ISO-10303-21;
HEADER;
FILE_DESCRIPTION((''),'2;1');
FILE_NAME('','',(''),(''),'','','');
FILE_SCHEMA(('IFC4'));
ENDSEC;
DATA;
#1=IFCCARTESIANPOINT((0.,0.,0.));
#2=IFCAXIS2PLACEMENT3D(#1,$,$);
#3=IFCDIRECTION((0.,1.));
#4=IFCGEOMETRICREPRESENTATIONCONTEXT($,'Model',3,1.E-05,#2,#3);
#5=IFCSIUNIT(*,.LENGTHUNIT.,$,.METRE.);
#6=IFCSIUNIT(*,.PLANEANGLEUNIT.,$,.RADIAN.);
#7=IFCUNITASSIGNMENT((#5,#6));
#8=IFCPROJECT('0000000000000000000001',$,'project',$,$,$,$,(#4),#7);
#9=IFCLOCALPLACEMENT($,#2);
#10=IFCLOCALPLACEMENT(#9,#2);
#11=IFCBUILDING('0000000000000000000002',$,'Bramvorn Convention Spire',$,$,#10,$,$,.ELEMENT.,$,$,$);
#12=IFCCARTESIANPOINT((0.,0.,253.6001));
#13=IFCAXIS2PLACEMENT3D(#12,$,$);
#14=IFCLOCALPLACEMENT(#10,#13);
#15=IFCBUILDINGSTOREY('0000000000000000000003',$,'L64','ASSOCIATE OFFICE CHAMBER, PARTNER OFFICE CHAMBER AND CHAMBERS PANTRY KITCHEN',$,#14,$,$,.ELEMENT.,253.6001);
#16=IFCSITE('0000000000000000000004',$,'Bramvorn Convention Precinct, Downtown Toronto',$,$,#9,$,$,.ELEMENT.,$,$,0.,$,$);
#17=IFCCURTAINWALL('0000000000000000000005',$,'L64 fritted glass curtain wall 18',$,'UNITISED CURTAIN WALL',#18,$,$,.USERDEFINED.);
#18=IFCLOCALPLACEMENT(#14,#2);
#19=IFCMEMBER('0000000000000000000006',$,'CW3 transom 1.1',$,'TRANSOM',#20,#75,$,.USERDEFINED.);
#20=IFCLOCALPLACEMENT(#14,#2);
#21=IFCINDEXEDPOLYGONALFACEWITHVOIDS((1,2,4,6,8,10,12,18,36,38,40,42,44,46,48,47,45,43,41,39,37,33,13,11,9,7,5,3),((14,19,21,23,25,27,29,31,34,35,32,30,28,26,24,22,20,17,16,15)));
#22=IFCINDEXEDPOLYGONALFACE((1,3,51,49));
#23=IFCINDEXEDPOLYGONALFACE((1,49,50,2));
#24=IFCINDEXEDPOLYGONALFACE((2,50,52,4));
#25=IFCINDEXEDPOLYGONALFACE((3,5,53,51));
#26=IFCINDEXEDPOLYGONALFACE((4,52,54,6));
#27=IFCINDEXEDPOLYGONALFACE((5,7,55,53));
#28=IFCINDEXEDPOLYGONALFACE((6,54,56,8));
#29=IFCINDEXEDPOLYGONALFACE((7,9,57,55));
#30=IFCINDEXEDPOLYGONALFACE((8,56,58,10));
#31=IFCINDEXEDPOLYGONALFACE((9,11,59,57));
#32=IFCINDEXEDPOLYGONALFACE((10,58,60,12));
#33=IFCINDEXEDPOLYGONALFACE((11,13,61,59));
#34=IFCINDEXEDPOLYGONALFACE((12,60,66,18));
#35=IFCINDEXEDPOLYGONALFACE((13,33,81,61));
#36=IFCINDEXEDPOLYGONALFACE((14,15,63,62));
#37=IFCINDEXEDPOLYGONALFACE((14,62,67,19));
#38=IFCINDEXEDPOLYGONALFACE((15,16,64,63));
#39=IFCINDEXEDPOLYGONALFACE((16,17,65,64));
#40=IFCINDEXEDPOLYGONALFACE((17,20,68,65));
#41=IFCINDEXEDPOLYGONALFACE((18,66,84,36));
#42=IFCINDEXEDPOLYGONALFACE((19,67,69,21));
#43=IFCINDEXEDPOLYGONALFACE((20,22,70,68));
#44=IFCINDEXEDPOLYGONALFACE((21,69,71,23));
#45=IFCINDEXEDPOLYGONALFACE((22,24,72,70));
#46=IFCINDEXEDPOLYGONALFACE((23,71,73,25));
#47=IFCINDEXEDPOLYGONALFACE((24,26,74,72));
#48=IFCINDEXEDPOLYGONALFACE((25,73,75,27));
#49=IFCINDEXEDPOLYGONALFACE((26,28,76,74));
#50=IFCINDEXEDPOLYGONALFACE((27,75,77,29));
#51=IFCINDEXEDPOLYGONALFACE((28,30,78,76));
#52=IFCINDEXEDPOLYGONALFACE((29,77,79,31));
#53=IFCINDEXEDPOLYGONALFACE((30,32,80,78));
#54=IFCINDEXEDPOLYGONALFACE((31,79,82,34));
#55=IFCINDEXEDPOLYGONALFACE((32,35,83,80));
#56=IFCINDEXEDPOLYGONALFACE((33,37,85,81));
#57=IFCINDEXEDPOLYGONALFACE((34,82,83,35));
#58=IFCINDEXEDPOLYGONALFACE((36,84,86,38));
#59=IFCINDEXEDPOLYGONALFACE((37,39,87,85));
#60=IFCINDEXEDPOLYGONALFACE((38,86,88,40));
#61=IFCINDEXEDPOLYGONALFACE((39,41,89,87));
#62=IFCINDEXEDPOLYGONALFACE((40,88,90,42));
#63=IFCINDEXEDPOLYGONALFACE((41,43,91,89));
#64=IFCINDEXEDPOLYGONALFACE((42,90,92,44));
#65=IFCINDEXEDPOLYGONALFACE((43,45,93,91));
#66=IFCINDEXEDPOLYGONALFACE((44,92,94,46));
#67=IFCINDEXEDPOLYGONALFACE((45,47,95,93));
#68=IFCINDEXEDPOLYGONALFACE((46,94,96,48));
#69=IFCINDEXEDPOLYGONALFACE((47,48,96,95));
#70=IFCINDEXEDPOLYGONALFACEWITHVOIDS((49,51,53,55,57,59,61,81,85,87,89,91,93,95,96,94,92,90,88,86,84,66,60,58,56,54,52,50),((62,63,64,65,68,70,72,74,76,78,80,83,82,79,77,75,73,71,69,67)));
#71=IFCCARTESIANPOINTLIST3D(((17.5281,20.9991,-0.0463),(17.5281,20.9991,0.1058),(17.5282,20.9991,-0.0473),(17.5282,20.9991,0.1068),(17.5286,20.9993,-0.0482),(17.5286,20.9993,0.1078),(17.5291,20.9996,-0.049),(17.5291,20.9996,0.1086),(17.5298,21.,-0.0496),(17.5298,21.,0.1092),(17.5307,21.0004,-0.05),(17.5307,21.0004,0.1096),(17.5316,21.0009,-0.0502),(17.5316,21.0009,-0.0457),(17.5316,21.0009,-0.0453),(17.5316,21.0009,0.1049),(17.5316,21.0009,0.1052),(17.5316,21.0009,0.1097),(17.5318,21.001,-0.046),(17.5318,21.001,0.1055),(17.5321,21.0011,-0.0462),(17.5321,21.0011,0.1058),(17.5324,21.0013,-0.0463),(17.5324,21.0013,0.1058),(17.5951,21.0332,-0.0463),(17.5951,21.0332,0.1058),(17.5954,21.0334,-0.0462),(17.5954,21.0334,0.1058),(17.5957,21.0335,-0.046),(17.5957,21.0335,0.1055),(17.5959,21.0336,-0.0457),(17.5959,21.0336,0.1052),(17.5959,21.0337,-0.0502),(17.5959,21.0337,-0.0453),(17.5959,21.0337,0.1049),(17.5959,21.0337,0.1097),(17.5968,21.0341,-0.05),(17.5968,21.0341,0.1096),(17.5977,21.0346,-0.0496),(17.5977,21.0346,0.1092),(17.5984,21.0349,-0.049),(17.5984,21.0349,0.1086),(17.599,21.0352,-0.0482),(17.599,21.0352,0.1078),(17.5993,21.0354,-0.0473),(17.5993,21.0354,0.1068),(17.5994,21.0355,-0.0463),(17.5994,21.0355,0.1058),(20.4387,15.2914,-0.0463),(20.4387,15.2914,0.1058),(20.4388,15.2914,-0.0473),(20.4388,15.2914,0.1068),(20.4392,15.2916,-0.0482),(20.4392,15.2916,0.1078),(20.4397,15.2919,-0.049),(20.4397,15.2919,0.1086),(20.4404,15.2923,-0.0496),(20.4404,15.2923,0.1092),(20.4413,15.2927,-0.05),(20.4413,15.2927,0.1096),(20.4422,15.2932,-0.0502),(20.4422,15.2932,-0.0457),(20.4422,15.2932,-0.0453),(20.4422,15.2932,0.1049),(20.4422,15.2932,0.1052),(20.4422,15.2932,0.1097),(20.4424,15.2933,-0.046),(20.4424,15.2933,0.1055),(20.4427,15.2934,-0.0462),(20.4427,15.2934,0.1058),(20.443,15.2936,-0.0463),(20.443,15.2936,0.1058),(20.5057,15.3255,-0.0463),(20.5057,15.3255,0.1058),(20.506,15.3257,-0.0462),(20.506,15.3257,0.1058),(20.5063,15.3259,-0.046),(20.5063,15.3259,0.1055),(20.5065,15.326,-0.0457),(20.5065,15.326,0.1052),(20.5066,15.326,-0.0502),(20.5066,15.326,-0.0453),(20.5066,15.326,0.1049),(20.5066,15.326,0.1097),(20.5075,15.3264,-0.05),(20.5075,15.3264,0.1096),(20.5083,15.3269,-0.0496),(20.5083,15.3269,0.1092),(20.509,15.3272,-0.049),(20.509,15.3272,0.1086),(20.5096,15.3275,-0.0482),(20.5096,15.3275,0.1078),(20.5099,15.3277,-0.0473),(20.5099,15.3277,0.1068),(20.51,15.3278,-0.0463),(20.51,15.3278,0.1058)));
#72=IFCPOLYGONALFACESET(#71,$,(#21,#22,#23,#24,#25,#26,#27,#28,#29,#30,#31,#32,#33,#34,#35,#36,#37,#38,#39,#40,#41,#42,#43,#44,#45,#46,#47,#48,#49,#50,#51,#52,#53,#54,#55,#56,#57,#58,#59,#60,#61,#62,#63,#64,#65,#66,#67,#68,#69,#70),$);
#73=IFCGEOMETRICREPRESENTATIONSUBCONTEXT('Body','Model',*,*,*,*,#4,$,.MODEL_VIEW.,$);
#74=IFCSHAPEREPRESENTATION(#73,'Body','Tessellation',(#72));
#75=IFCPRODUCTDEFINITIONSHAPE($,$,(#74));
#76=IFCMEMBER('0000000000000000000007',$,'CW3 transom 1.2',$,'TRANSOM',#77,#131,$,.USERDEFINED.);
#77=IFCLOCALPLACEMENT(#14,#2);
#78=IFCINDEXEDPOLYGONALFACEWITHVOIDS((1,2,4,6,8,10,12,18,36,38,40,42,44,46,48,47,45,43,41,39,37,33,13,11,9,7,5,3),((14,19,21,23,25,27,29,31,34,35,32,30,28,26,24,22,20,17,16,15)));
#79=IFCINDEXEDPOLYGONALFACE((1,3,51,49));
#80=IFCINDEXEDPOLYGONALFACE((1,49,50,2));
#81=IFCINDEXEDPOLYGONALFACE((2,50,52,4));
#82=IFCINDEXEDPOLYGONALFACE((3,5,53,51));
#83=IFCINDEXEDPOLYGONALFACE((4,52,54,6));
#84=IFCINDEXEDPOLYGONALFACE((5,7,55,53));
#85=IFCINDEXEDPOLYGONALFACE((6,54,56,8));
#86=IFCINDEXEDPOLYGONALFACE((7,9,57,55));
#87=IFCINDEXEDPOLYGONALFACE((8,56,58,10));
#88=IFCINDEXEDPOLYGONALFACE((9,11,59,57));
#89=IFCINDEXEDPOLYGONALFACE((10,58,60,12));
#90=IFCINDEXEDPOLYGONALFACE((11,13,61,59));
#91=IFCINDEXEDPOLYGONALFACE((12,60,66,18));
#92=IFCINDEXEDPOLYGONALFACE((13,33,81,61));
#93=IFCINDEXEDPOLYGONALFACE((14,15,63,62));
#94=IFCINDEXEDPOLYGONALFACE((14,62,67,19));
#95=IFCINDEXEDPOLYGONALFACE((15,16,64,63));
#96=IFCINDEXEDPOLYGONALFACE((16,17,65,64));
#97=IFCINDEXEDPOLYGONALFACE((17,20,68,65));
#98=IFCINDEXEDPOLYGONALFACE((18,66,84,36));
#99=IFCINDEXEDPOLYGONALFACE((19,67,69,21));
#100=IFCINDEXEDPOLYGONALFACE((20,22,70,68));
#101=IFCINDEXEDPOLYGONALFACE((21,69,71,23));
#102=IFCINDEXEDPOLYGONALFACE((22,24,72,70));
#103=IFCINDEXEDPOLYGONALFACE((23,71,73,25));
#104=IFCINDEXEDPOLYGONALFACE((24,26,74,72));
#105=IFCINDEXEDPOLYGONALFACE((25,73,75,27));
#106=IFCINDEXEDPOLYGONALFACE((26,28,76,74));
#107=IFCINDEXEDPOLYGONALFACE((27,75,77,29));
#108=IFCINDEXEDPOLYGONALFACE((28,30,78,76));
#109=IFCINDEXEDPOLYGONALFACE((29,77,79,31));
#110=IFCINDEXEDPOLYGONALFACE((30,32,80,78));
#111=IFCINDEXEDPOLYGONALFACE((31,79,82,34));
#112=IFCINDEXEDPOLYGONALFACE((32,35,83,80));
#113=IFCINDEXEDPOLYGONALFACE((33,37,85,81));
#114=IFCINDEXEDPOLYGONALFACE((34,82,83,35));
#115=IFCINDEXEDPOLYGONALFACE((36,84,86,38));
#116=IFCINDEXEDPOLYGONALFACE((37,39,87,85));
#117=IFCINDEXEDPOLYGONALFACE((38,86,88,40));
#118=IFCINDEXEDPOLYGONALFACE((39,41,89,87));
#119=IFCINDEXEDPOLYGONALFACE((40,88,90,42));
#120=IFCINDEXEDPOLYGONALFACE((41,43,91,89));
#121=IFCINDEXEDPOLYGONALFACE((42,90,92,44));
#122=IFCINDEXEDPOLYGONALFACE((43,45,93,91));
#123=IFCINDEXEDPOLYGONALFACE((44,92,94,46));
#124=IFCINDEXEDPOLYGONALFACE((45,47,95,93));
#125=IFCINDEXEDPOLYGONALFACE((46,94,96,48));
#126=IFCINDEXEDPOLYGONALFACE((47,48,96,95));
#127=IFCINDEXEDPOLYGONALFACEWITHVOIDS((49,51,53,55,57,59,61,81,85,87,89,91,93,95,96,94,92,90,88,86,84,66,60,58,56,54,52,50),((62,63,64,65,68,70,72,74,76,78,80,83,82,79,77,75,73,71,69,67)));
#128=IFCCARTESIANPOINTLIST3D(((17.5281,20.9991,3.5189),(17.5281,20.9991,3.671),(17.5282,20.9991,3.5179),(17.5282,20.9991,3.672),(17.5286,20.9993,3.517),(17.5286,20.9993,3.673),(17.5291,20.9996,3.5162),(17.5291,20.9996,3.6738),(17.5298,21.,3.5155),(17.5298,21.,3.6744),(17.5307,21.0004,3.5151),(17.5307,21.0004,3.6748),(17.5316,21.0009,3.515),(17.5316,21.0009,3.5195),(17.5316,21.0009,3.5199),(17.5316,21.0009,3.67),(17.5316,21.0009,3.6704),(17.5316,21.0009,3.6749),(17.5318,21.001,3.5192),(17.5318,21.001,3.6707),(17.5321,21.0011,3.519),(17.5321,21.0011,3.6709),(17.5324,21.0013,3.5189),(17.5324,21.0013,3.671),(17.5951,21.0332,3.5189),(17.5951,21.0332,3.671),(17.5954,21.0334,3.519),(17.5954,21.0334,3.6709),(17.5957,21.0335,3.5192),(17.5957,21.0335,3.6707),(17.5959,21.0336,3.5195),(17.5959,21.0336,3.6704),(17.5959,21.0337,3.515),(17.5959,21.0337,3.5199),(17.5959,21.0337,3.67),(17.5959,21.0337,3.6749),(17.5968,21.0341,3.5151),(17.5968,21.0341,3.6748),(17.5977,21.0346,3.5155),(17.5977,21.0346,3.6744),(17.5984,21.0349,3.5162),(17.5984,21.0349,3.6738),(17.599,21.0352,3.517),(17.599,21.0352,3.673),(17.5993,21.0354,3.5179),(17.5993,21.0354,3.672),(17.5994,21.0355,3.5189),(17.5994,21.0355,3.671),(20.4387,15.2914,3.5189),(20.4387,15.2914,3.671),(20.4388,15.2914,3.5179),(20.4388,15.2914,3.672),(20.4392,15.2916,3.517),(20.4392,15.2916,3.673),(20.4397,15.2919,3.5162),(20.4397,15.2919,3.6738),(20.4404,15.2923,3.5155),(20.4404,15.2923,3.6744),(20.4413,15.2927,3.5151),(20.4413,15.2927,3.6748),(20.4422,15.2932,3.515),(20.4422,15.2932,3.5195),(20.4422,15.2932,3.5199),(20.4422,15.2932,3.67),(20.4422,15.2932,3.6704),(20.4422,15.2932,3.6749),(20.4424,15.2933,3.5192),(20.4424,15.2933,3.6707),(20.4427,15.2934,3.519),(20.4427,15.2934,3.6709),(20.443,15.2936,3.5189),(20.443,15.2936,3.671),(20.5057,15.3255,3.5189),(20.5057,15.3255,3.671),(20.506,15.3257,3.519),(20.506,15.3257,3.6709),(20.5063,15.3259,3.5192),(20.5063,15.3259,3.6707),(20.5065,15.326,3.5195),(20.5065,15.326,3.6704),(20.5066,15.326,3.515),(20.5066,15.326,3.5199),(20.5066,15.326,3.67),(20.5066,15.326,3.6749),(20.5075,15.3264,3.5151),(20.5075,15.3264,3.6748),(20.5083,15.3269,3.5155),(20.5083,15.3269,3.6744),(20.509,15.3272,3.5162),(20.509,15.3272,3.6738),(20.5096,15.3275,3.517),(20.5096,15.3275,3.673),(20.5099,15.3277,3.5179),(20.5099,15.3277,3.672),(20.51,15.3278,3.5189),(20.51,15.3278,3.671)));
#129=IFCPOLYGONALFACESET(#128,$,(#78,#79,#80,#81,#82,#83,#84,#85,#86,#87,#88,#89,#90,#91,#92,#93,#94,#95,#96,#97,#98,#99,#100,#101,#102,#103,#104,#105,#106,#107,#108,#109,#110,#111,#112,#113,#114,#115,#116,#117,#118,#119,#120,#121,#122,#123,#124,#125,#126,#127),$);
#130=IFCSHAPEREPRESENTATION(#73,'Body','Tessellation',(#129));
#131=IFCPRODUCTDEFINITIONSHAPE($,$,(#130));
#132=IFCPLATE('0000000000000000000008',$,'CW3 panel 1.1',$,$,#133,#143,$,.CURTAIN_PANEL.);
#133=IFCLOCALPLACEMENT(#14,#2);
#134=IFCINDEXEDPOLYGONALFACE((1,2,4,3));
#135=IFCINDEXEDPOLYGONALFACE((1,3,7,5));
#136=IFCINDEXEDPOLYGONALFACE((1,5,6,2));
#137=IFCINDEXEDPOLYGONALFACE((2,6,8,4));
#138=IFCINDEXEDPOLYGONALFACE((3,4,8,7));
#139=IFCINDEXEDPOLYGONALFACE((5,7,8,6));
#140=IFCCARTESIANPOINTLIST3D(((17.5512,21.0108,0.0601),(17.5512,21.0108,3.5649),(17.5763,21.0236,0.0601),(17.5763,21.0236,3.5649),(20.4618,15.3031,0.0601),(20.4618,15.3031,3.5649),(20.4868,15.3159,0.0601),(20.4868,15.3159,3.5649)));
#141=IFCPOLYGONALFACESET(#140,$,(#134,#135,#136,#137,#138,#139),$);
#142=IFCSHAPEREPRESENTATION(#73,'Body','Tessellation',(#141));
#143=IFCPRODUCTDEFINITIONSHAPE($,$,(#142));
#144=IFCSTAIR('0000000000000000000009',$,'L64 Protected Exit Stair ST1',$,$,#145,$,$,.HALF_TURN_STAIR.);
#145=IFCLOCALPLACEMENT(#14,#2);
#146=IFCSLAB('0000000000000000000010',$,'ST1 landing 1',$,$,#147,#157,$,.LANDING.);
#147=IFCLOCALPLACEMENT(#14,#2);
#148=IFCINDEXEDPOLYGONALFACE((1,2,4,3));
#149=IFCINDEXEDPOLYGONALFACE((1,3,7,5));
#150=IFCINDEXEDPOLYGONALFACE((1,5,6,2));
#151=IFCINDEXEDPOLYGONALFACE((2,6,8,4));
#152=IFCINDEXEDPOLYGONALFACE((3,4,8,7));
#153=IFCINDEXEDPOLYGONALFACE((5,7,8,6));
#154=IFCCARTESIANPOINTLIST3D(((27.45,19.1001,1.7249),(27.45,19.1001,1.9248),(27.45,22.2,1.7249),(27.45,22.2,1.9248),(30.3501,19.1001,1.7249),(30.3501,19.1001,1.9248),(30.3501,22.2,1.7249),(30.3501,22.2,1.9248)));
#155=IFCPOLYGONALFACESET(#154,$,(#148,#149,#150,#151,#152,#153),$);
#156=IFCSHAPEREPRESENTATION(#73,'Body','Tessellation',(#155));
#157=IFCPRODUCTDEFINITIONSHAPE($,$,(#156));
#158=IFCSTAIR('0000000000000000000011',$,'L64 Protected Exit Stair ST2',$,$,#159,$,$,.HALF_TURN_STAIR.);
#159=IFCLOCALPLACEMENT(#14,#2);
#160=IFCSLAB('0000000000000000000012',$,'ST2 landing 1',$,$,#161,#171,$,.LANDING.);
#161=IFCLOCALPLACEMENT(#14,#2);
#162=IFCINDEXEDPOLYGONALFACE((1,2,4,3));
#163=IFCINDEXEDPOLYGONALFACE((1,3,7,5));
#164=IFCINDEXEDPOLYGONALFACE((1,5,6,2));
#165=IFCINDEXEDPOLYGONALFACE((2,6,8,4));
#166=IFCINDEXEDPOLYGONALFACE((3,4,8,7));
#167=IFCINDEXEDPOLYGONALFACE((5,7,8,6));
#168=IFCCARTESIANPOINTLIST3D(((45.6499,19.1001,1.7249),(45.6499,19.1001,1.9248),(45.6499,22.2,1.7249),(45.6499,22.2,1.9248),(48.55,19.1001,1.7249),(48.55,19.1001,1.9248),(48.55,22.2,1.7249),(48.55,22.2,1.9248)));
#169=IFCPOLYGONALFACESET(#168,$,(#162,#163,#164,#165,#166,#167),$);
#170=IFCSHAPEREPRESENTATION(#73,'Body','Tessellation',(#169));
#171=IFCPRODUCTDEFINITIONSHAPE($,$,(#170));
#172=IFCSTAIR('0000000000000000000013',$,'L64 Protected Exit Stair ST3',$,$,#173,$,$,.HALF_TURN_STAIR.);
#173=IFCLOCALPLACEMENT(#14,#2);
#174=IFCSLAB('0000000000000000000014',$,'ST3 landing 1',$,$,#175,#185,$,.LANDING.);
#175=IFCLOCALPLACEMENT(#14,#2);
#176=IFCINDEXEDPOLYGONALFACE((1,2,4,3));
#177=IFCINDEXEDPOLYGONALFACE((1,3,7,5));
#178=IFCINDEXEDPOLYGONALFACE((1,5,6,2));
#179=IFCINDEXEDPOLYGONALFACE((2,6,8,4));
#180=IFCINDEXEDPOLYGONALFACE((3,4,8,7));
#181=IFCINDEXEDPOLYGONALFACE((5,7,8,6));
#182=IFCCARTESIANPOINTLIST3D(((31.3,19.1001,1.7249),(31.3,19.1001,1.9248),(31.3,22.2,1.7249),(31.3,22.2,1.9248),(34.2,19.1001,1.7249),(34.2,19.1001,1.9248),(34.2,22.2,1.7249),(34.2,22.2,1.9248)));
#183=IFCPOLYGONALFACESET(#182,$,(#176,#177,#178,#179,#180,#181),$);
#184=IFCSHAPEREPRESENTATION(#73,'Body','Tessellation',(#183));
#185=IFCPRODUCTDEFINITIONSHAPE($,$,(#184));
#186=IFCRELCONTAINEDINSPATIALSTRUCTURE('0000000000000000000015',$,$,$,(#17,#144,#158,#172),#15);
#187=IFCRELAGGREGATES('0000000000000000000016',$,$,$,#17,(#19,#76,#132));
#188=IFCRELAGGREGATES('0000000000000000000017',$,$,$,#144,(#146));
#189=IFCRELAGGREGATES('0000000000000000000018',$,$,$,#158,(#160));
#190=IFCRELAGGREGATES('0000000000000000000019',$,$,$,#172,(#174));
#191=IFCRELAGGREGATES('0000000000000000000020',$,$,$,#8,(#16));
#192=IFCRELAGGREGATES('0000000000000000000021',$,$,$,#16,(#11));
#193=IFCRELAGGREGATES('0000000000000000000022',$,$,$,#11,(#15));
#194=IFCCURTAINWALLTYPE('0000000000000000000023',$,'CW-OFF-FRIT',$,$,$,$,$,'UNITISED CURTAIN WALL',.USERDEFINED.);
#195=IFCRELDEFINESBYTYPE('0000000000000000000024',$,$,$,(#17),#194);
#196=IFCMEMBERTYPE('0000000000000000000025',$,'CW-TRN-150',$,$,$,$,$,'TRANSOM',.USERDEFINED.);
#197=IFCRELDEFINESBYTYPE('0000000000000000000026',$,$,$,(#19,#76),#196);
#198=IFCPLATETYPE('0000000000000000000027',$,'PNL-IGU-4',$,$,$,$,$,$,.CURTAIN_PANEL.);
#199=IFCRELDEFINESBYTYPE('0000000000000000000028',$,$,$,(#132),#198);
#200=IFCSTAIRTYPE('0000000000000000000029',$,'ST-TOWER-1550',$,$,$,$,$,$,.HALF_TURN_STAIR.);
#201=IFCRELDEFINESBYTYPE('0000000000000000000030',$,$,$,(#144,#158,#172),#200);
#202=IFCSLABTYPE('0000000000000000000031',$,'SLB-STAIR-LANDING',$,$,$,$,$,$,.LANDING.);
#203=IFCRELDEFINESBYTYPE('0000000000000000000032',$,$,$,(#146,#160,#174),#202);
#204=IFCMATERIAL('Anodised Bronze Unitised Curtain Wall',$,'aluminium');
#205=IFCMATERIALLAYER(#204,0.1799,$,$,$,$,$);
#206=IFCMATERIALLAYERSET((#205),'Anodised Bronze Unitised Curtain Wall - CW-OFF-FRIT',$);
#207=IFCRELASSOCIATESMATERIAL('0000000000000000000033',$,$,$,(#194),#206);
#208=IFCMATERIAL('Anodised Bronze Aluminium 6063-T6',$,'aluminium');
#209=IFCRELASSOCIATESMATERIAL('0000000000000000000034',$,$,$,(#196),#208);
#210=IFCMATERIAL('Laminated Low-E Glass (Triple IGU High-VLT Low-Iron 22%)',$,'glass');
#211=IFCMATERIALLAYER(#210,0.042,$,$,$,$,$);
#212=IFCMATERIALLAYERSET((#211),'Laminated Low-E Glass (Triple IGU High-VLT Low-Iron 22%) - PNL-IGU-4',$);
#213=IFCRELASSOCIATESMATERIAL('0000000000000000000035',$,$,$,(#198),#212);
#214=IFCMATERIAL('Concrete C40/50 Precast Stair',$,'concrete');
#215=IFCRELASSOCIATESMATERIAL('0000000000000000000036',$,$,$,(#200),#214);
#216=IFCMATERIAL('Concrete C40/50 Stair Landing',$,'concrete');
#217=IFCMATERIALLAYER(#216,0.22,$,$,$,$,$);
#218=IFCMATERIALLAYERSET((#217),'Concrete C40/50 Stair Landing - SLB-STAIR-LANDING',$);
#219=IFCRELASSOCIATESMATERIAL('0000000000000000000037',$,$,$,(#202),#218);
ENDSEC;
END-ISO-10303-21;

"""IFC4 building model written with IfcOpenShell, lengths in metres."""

from ifc_helpers import new_model, si_unit, direction, frame, origin, origin_2d, place, context, subcontext, project, spatial, polyline, rectangle, hollow_rectangle, outline, extrude, material, layer, layer_set, material_profile, profile_set, type_object, element, aggregate, save


model = new_model("IFC4")

# Units and contexts
model_context = context("Model", 3, precision=1e-05, world=origin(), true_north=direction((0.0, 1.0)))
body_context = subcontext(model_context, "Body", "Model", "MODEL_VIEW")
ifc_project = project(units=[si_unit("LENGTHUNIT", "METRE"), si_unit("PLANEANGLEUNIT", "RADIAN")], contexts=[model_context])

# Site, building, storey
site_placement = place(None, origin())
site = spatial("IfcSite", under=ifc_project, at=site_placement, Name="Bramvorn Convention Precinct, Downtown Toronto", CompositionType="ELEMENT", RefElevation=0.0)
building_placement = place(site_placement, origin())
building = spatial("IfcBuilding", under=site, at=building_placement, Name="Bramvorn Convention Spire", CompositionType="ELEMENT")
storey_placement = place(building_placement, frame((0.0, 0.0, 253.6001)))
storey = spatial("IfcBuildingStorey", under=building, at=storey_placement, Name="L64", Description="ASSOCIATE OFFICE CHAMBER, PARTNER OFFICE CHAMBER AND CHAMBERS PANTRY KITCHEN", CompositionType="ELEMENT", Elevation=253.6001)

# Curtain wall
ifc_material_1 = material(Name="Anodised Bronze Unitised Curtain Wall", Category="aluminium")
ifc_layer_1 = layer(ifc_material_1, 0.1799)
ifc_layer_set_1 = layer_set([ifc_layer_1], Name="Anodised Bronze Unitised Curtain Wall - CW-OFF-FRIT")
curtain_wall_type = type_object("IfcCurtainWallType", Name="CW-OFF-FRIT", ElementType="UNITISED CURTAIN WALL", PredefinedType="USERDEFINED", material=ifc_layer_set_1)
curtain_wall_1_placement = place(storey_placement, origin())
curtain_wall_1 = element("IfcCurtainWall", 1, at=curtain_wall_1_placement, inside=storey, type_object=curtain_wall_type, Name="L64 fritted glass curtain wall 18", ObjectType="UNITISED CURTAIN WALL", PredefinedType="USERDEFINED")
ifc_material_2 = material(Name="Anodised Bronze Aluminium 6063-T6", Category="aluminium")

# Members
ifc_material_profile_1 = material_profile(ifc_material_2, hollow_rectangle(XDim=0.0801, YDim=0.1599, WallThickness=0.0039, InnerFilletRadius=0.001, OuterFilletRadius=0.0039, at=origin_2d()))
ifc_profile_set_1 = profile_set([ifc_material_profile_1], Name="Anodised Bronze Aluminium 6063-T6 - CWT80X160")
member_type_1 = type_object("IfcMemberType", Name="CW-TRN-150", ElementType="TRANSOM", PredefinedType="USERDEFINED", material=ifc_profile_set_1)
member_1_placement = place(storey_placement, frame((20.4744, 15.3096, 0.0298), z_axis=(-0.454287, 0.890855, 0.0), x_axis=(-0.890855, -0.454287, 0.0)))
member_1 = element("IfcMember", 2, at=member_1_placement, type_object=member_type_1, Name="CW3 transom 1.1", ObjectType="TRANSOM", PredefinedType="USERDEFINED", context=body_context, shape_type="SweptSolid", body=[
    extrude(hollow_rectangle(XDim=0.0801, YDim=0.1599, WallThickness=0.0039, InnerFilletRadius=0.001, OuterFilletRadius=0.0039, at=origin_2d()), origin(), (0.0, 0.0, 1.0), 6.407),
])
member_2_placement = place(storey_placement, frame((20.4744, 15.3096, 3.595), z_axis=(-0.454287, 0.890855, 0.0), x_axis=(-0.890855, -0.454287, 0.0)))
member_2 = element("IfcMember", 3, at=member_2_placement, type_object=member_type_1, Name="CW3 transom 1.2", ObjectType="TRANSOM", PredefinedType="USERDEFINED", context=body_context, shape_type="SweptSolid", body=[
    extrude(hollow_rectangle(XDim=0.0801, YDim=0.1599, WallThickness=0.0039, InnerFilletRadius=0.001, OuterFilletRadius=0.0039, at=origin_2d()), origin(), (0.0, 0.0, 1.0), 6.407),
])

# Plate
ifc_material_3 = material(Name="Laminated Low-E Glass (Triple IGU High-VLT Low-Iron 22%)", Category="glass")
ifc_layer_2 = layer(ifc_material_3, 0.042)
ifc_layer_set_2 = layer_set([ifc_layer_2], Name="Laminated Low-E Glass (Triple IGU High-VLT Low-Iron 22%) - PNL-IGU-4")
plate_type = type_object("IfcPlateType", Name="PNL-IGU-4", PredefinedType="CURTAIN_PANEL", material=ifc_layer_set_2)
plate_placement = place(storey_placement, frame((19.019, 18.1633, 0.0601), z_axis=(0.0, 0.0, 1.0), x_axis=(-0.454284, 0.890857, 0.0)))
plate = element("IfcPlate", 4, at=plate_placement, type_object=plate_type, Name="CW3 panel 1.1", PredefinedType="CURTAIN_PANEL", context=body_context, shape_type="SweptSolid", body=[
    extrude(rectangle(XDim=6.407, YDim=0.0281, at=origin_2d()), origin(), (0.0, 0.0, 1.0), 3.5049),
])
aggregate(curtain_wall_1, [member_1, member_2, plate])

# Stairs, slabs
ifc_material_4 = material(Name="Concrete C40/50 Precast Stair", Category="concrete")
stair_type = type_object("IfcStairType", Name="ST-TOWER-1550", PredefinedType="HALF_TURN_STAIR", material=ifc_material_4)
stair_1_placement = place(storey_placement, origin())
stair_1 = element("IfcStair", 5, at=stair_1_placement, inside=storey, type_object=stair_type, Name="L64 Protected Exit Stair ST1", PredefinedType="HALF_TURN_STAIR")
ifc_material_5 = material(Name="Concrete C40/50 Stair Landing", Category="concrete")
ifc_layer_3 = layer(ifc_material_5, 0.22)
ifc_layer_set_3 = layer_set([ifc_layer_3], Name="Concrete C40/50 Stair Landing - SLB-STAIR-LANDING")
slab_type_1 = type_object("IfcSlabType", Name="SLB-STAIR-LANDING", PredefinedType="LANDING", material=ifc_layer_set_3)
slab_1_placement = place(storey_placement, frame((0.0, 0.0, 1.7249)))
slab_1 = element("IfcSlab", 6, at=slab_1_placement, type_object=slab_type_1, Name="ST1 landing 1", PredefinedType="LANDING", context=body_context, shape_type="SweptSolid", body=[
    extrude(outline(polyline([(27.45, 22.2), (27.45, 19.1001), (30.3501, 19.1001), (30.3501, 22.2), (27.45, 22.2)])), origin(), (0.0, 0.0, 1.0), 0.2),
])
aggregate(stair_1, [slab_1])
stair_2_placement = place(storey_placement, origin())
stair_2 = element("IfcStair", 7, at=stair_2_placement, inside=storey, type_object=stair_type, Name="L64 Protected Exit Stair ST2", PredefinedType="HALF_TURN_STAIR")
slab_2_placement = place(storey_placement, frame((0.0, 0.0, 1.7249)))
slab_2 = element("IfcSlab", 8, at=slab_2_placement, type_object=slab_type_1, Name="ST2 landing 1", PredefinedType="LANDING", context=body_context, shape_type="SweptSolid", body=[
    extrude(outline(polyline([(45.6499, 22.2), (45.6499, 19.1001), (48.55, 19.1001), (48.55, 22.2), (45.6499, 22.2)])), origin(), (0.0, 0.0, 1.0), 0.2),
])
aggregate(stair_2, [slab_2])
stair_3_placement = place(storey_placement, origin())
stair_3 = element("IfcStair", 9, at=stair_3_placement, inside=storey, type_object=stair_type, Name="L64 Protected Exit Stair ST3", PredefinedType="HALF_TURN_STAIR")
slab_3_placement = place(storey_placement, frame((0.0, 0.0, 1.7249)))
slab_3 = element("IfcSlab", 10, at=slab_3_placement, type_object=slab_type_1, Name="ST3 landing 1", PredefinedType="LANDING", context=body_context, shape_type="SweptSolid", body=[
    extrude(outline(polyline([(31.3, 22.2), (31.3, 19.1001), (34.2, 19.1001), (34.2, 22.2), (31.3, 22.2)])), origin(), (0.0, 0.0, 1.0), 0.2),
])
aggregate(stair_3, [slab_3])

save(model, "model.ifc")
